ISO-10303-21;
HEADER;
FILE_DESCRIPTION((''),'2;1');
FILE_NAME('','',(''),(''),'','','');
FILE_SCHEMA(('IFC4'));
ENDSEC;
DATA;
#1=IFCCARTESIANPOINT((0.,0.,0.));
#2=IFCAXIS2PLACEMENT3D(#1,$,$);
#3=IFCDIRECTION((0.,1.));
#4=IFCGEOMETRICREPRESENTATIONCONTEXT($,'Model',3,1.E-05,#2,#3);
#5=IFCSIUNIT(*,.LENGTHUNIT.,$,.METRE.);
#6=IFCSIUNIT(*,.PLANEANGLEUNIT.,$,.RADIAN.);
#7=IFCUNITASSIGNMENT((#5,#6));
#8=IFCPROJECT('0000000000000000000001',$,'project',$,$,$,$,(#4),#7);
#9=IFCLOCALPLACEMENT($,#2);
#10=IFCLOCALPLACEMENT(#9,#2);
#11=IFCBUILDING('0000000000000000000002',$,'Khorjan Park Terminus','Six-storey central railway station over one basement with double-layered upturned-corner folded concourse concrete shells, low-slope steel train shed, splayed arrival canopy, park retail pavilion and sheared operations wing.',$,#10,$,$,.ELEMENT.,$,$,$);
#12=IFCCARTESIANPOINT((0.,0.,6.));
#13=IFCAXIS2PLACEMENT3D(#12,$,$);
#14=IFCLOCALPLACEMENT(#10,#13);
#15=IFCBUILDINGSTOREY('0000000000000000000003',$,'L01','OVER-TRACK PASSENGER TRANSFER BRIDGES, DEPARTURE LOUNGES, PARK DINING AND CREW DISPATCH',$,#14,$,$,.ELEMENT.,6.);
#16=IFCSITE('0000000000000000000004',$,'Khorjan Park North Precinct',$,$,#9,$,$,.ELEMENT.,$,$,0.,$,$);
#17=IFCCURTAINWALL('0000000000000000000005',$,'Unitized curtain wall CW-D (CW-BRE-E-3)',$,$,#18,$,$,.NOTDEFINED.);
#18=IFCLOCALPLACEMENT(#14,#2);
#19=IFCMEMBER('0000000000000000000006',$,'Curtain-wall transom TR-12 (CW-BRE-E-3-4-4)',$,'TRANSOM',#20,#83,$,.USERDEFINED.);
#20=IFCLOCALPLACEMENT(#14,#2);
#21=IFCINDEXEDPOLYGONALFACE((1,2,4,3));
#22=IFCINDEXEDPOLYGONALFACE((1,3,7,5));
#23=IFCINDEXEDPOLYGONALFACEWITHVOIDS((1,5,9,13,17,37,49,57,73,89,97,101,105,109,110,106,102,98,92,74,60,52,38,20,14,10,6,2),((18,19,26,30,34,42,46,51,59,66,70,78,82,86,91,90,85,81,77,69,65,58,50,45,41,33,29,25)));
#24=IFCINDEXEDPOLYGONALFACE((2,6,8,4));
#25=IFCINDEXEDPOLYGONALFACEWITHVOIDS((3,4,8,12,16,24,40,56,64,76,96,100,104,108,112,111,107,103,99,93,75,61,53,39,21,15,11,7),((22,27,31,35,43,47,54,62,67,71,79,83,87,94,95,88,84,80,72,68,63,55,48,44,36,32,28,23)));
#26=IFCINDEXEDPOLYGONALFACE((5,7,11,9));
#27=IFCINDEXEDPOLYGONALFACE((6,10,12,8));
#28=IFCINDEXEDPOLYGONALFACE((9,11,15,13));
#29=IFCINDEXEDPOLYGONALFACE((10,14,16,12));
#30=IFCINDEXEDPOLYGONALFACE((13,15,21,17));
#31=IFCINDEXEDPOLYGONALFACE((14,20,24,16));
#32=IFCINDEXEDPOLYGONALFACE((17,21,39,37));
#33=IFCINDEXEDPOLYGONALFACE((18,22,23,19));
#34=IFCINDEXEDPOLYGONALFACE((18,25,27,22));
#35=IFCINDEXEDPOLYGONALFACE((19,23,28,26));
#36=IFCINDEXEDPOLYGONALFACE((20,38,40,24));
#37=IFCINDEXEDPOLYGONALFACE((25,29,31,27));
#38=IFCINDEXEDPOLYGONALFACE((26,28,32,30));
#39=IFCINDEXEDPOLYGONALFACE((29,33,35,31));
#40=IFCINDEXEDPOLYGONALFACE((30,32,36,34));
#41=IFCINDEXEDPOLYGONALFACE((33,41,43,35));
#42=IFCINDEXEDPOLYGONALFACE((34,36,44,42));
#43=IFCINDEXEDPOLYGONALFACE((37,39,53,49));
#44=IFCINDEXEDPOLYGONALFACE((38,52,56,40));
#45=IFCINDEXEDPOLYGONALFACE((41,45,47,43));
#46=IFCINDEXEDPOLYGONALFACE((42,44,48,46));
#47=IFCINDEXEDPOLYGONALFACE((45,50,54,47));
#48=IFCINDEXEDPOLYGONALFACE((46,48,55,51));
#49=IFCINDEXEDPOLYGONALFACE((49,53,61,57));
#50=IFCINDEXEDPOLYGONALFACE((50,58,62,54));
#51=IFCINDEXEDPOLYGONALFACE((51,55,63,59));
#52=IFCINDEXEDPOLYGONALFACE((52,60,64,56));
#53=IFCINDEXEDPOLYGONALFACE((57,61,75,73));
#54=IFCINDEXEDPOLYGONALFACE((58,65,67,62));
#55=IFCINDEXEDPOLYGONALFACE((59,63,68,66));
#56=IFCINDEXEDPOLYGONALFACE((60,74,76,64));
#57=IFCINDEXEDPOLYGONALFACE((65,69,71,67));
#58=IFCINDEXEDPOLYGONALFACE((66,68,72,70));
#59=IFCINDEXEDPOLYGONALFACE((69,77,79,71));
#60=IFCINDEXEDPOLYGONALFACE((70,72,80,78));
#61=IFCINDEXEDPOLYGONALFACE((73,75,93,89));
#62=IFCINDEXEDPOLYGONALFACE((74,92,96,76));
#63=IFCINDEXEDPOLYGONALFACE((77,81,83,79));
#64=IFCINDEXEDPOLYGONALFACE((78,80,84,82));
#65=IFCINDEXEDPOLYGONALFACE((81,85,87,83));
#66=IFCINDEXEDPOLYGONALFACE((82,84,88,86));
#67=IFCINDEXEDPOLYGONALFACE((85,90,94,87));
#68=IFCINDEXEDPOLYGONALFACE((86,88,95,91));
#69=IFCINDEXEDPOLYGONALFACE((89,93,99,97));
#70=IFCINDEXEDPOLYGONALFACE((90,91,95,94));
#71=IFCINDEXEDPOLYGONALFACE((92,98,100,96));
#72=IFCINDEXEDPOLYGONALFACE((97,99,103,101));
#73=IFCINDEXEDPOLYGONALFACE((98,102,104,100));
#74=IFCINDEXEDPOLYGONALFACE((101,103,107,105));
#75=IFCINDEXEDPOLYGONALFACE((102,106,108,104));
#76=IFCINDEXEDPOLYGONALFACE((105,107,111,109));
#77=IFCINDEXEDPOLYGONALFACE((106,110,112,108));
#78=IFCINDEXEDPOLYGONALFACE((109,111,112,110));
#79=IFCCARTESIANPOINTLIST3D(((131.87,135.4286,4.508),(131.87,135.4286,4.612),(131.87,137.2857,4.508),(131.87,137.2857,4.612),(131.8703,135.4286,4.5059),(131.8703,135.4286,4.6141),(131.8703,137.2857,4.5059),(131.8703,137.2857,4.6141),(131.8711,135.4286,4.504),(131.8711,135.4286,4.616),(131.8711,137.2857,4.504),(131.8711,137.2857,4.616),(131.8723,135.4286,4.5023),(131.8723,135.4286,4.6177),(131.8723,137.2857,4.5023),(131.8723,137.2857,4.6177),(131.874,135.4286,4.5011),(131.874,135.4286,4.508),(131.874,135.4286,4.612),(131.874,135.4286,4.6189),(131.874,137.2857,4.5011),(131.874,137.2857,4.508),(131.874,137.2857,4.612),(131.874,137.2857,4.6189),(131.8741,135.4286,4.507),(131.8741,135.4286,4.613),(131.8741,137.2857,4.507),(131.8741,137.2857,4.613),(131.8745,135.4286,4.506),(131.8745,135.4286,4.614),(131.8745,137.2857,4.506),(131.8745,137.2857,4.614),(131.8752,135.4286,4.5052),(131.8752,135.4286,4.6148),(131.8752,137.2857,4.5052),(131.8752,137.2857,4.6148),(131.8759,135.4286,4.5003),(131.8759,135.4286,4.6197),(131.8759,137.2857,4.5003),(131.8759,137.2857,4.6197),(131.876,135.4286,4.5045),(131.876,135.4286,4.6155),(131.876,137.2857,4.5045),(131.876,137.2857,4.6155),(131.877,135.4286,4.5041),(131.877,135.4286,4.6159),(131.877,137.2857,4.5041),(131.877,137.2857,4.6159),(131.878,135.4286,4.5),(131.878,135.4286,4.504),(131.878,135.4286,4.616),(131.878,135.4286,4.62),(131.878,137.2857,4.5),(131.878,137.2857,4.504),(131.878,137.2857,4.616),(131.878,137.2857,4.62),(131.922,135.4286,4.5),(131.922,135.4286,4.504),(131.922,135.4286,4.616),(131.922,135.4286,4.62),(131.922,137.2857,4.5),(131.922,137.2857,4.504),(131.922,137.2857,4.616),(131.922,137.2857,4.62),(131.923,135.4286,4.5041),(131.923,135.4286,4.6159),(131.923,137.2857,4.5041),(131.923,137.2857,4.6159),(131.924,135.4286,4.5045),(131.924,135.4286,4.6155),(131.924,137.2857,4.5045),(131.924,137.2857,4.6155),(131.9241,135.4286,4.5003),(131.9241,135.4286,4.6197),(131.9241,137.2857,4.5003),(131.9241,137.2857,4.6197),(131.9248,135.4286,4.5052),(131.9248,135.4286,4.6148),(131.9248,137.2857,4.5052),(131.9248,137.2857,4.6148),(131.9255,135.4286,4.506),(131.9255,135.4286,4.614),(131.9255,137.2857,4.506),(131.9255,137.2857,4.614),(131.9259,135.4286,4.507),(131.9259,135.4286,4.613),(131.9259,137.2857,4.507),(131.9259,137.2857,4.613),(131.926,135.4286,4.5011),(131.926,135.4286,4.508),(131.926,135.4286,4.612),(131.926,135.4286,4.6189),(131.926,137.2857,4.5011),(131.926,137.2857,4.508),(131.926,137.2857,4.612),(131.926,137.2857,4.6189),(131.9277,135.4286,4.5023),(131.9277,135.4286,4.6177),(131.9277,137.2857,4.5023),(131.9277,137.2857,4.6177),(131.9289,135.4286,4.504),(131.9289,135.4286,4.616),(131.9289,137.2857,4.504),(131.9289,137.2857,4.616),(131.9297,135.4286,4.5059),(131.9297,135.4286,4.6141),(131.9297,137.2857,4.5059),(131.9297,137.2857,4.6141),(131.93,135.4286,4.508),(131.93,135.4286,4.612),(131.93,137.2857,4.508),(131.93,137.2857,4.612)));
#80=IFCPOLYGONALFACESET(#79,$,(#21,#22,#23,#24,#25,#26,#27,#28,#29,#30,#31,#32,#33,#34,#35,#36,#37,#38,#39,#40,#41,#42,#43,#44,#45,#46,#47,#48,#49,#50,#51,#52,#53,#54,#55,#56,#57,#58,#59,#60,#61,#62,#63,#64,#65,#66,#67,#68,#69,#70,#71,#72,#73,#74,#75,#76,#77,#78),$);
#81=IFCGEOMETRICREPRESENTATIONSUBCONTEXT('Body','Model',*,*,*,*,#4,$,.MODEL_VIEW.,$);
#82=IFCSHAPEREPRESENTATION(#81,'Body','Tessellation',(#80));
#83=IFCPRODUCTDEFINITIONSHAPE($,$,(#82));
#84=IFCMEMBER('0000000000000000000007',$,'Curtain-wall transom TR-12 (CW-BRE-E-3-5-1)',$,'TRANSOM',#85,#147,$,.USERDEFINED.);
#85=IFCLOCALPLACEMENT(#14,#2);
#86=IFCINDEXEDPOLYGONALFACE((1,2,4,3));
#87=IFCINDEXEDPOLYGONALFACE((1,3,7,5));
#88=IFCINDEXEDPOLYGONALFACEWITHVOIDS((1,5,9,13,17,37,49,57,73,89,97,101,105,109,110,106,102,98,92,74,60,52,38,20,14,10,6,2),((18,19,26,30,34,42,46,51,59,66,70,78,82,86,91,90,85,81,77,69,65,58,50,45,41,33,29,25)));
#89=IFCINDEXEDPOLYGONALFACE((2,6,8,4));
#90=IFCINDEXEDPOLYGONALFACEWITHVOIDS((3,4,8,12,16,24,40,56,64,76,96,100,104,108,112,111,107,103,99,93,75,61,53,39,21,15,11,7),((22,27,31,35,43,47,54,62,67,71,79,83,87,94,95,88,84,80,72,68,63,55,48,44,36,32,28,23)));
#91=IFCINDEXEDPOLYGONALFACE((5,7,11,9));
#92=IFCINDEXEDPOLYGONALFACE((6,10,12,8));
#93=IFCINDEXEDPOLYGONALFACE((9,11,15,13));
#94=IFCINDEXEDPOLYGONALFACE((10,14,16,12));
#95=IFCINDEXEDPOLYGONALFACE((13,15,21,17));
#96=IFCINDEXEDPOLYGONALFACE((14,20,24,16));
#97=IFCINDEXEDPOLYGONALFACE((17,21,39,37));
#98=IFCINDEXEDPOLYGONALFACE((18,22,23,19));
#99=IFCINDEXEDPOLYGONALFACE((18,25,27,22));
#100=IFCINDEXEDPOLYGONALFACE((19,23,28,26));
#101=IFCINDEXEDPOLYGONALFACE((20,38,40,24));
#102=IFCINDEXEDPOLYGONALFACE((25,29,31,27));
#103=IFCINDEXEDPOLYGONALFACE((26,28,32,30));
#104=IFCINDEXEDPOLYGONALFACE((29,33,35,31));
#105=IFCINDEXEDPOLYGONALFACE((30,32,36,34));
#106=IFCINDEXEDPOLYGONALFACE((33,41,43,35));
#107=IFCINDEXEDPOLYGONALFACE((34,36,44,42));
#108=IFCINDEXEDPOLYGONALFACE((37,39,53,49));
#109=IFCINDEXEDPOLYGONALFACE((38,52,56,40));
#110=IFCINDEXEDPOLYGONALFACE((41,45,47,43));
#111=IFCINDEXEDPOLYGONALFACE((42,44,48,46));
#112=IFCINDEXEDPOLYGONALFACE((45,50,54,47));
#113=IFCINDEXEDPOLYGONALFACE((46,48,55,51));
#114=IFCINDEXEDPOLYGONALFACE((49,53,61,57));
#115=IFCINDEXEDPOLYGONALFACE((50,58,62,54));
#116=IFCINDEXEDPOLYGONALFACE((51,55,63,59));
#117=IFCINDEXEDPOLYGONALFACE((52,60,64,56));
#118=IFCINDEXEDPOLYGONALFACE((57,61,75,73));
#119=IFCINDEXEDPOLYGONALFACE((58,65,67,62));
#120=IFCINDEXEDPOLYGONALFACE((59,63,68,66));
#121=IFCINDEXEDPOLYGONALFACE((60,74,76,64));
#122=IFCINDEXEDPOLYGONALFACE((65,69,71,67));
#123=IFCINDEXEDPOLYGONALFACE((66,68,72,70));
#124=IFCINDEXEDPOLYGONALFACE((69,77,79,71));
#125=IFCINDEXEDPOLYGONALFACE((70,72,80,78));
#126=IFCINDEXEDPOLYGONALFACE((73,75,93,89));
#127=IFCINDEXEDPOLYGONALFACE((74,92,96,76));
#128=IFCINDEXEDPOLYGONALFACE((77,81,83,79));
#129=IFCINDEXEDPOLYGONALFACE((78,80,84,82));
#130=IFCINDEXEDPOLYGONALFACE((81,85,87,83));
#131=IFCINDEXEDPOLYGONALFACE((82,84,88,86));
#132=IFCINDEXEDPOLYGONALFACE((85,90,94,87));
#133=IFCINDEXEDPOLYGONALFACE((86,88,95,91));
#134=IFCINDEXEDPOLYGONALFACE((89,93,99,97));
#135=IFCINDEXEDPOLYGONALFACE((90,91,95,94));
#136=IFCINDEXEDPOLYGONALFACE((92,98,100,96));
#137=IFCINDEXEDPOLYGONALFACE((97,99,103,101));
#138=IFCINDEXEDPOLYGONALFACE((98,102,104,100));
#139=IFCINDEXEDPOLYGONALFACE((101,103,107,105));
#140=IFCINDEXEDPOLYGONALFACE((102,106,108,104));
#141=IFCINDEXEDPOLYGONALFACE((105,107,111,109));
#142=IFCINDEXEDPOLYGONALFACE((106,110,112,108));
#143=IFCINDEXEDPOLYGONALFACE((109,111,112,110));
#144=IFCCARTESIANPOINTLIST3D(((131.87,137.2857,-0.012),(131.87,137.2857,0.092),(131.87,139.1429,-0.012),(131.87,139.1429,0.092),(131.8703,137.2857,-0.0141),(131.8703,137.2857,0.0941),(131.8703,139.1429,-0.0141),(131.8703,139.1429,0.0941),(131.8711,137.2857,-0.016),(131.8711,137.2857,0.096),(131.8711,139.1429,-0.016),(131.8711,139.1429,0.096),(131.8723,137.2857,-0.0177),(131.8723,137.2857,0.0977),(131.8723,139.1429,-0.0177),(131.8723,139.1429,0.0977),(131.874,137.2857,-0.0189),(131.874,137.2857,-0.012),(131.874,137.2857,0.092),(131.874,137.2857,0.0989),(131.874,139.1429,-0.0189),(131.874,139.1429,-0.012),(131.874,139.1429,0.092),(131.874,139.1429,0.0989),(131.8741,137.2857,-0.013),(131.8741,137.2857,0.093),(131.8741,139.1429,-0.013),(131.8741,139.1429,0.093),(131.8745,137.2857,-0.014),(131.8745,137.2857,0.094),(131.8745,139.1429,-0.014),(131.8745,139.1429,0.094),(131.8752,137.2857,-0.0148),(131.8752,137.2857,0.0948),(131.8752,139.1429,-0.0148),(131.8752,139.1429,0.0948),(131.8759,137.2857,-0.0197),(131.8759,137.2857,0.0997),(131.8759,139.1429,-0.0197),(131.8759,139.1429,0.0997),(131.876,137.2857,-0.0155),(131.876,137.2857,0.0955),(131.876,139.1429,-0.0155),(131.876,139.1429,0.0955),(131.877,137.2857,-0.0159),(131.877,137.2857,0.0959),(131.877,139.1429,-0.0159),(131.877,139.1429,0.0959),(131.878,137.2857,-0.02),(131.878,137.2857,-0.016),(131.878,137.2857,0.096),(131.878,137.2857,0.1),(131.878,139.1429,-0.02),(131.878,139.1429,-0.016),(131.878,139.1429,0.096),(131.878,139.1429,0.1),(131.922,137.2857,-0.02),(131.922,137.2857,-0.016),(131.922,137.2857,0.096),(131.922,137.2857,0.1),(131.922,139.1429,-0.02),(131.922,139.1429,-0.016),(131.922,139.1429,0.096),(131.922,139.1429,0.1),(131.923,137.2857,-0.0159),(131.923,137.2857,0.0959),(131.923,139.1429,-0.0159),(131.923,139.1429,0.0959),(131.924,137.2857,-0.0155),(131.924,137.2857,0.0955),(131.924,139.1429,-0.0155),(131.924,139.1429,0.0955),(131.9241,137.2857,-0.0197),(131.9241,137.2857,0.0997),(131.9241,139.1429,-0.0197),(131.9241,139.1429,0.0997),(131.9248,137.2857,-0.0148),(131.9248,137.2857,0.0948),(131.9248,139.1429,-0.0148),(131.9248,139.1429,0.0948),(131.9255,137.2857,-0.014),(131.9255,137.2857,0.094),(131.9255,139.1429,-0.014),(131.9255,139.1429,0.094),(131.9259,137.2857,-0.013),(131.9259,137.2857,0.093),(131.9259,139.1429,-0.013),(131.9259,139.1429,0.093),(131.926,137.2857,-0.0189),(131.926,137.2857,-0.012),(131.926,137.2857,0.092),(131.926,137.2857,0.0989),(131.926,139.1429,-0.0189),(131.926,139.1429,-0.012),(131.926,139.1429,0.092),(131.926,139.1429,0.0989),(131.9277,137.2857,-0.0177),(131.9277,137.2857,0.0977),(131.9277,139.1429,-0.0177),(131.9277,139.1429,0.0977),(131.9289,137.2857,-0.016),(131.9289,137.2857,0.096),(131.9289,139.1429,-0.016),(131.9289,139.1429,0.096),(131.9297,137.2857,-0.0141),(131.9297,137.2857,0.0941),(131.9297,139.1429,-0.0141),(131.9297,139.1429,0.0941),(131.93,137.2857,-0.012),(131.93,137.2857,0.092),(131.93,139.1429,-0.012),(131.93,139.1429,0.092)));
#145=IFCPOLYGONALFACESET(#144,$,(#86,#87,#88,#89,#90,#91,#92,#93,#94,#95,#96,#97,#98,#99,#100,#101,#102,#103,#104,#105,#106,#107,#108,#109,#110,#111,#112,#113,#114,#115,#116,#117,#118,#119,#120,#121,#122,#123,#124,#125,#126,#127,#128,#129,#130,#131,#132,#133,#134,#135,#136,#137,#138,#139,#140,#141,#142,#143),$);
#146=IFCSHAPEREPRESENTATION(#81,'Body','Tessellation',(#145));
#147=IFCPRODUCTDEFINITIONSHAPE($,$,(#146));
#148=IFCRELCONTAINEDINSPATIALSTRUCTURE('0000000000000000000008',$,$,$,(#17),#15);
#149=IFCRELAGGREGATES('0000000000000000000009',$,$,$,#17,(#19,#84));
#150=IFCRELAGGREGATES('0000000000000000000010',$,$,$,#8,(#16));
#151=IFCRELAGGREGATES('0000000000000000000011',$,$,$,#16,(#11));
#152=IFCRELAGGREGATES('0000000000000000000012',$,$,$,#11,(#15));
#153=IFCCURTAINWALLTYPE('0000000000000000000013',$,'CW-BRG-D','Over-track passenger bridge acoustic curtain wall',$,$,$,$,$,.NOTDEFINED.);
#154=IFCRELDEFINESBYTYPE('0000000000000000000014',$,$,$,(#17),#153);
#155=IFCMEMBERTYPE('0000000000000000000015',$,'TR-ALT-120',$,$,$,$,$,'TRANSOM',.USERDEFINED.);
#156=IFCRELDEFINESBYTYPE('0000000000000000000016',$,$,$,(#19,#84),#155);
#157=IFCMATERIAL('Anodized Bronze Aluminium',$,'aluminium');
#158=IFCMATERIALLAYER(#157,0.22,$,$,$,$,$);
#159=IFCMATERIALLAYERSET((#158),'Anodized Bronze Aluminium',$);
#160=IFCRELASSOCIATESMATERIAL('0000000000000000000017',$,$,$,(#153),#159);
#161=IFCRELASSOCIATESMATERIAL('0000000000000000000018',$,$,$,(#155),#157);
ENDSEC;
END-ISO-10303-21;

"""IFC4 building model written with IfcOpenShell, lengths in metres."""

from ifc_helpers import new_model, si_unit, direction, frame, origin, origin_2d, place, context, subcontext, project, spatial, hollow_rectangle, extrude, material, layer, layer_set, material_profile, profile_set, type_object, element, aggregate, save


model = new_model("IFC4")

# Units and contexts
model_context = context("Model", 3, precision=1e-05, world=origin(), true_north=direction((0.0, 1.0)))
body_context = subcontext(model_context, "Body", "Model", "MODEL_VIEW")
ifc_project = project(units=[si_unit("LENGTHUNIT", "METRE"), si_unit("PLANEANGLEUNIT", "RADIAN")], contexts=[model_context])

# Site, building, storey
site_placement = place(None, origin())
site = spatial("IfcSite", under=ifc_project, at=site_placement, Name="Khorjan Park North Precinct", CompositionType="ELEMENT", RefElevation=0.0)
building_placement = place(site_placement, origin())
building = spatial("IfcBuilding", under=site, at=building_placement, Name="Khorjan Park Terminus", Description="Six-storey central railway station over one basement with double-layered upturned-corner folded concourse concrete shells, low-slope steel train shed, splayed arrival canopy, park retail pavilion and sheared operations wing.", CompositionType="ELEMENT")
storey_placement = place(building_placement, frame((0.0, 0.0, 6.0)))
storey = spatial("IfcBuildingStorey", under=building, at=storey_placement, Name="L01", Description="OVER-TRACK PASSENGER TRANSFER BRIDGES, DEPARTURE LOUNGES, PARK DINING AND CREW DISPATCH", CompositionType="ELEMENT", Elevation=6.0)

# Curtain wall, members
ifc_material_1 = material(Name="Anodized Bronze Aluminium", Category="aluminium")
ifc_layer_1 = layer(ifc_material_1, 0.22)
ifc_layer_set_1 = layer_set([ifc_layer_1], Name="Anodized Bronze Aluminium")
curtain_wall_type = type_object("IfcCurtainWallType", Name="CW-BRG-D", Description="Over-track passenger bridge acoustic curtain wall", PredefinedType="NOTDEFINED", material=ifc_layer_set_1)
curtain_wall_placement = place(storey_placement, origin())
curtain_wall = element("IfcCurtainWall", 1, at=curtain_wall_placement, inside=storey, type_object=curtain_wall_type, Name="Unitized curtain wall CW-D (CW-BRE-E-3)", PredefinedType="NOTDEFINED")
ifc_material_profile_1 = material_profile(ifc_material_1, hollow_rectangle(XDim=0.06, YDim=0.12, WallThickness=0.004, InnerFilletRadius=0.004, OuterFilletRadius=0.008, at=origin_2d()), Name="ALT 60x120x4")
ifc_profile_set_1 = profile_set([ifc_material_profile_1], Name="Anodized Bronze Aluminium")
member_type_1 = type_object("IfcMemberType", Name="TR-ALT-120", ElementType="TRANSOM", PredefinedType="USERDEFINED", material=ifc_profile_set_1)
member_1_placement = place(storey_placement, frame((131.9, 135.4286, 4.56), z_axis=(0.0, 1.0, 0.0), x_axis=(-1.0, 0.0, 0.0)))
member_1 = element("IfcMember", 2, at=member_1_placement, type_object=member_type_1, Name="Curtain-wall transom TR-12 (CW-BRE-E-3-4-4)", ObjectType="TRANSOM", PredefinedType="USERDEFINED", context=body_context, shape_type="SweptSolid", body=[
    extrude(hollow_rectangle(XDim=0.06, YDim=0.12, WallThickness=0.004, InnerFilletRadius=0.004, OuterFilletRadius=0.008, at=origin_2d()), origin(), (0.0, 0.0, 1.0), 1.8571),
])
member_2_placement = place(storey_placement, frame((131.9, 137.2857, 0.04), z_axis=(0.0, 1.0, 0.0), x_axis=(-1.0, 0.0, 0.0)))
member_2 = element("IfcMember", 3, at=member_2_placement, type_object=member_type_1, Name="Curtain-wall transom TR-12 (CW-BRE-E-3-5-1)", ObjectType="TRANSOM", PredefinedType="USERDEFINED", context=body_context, shape_type="SweptSolid", body=[
    extrude(hollow_rectangle(XDim=0.06, YDim=0.12, WallThickness=0.004, InnerFilletRadius=0.004, OuterFilletRadius=0.008, at=origin_2d()), origin(), (0.0, 0.0, 1.0), 1.8572),
])
aggregate(curtain_wall, [member_1, member_2])

save(model, "model.ifc")
